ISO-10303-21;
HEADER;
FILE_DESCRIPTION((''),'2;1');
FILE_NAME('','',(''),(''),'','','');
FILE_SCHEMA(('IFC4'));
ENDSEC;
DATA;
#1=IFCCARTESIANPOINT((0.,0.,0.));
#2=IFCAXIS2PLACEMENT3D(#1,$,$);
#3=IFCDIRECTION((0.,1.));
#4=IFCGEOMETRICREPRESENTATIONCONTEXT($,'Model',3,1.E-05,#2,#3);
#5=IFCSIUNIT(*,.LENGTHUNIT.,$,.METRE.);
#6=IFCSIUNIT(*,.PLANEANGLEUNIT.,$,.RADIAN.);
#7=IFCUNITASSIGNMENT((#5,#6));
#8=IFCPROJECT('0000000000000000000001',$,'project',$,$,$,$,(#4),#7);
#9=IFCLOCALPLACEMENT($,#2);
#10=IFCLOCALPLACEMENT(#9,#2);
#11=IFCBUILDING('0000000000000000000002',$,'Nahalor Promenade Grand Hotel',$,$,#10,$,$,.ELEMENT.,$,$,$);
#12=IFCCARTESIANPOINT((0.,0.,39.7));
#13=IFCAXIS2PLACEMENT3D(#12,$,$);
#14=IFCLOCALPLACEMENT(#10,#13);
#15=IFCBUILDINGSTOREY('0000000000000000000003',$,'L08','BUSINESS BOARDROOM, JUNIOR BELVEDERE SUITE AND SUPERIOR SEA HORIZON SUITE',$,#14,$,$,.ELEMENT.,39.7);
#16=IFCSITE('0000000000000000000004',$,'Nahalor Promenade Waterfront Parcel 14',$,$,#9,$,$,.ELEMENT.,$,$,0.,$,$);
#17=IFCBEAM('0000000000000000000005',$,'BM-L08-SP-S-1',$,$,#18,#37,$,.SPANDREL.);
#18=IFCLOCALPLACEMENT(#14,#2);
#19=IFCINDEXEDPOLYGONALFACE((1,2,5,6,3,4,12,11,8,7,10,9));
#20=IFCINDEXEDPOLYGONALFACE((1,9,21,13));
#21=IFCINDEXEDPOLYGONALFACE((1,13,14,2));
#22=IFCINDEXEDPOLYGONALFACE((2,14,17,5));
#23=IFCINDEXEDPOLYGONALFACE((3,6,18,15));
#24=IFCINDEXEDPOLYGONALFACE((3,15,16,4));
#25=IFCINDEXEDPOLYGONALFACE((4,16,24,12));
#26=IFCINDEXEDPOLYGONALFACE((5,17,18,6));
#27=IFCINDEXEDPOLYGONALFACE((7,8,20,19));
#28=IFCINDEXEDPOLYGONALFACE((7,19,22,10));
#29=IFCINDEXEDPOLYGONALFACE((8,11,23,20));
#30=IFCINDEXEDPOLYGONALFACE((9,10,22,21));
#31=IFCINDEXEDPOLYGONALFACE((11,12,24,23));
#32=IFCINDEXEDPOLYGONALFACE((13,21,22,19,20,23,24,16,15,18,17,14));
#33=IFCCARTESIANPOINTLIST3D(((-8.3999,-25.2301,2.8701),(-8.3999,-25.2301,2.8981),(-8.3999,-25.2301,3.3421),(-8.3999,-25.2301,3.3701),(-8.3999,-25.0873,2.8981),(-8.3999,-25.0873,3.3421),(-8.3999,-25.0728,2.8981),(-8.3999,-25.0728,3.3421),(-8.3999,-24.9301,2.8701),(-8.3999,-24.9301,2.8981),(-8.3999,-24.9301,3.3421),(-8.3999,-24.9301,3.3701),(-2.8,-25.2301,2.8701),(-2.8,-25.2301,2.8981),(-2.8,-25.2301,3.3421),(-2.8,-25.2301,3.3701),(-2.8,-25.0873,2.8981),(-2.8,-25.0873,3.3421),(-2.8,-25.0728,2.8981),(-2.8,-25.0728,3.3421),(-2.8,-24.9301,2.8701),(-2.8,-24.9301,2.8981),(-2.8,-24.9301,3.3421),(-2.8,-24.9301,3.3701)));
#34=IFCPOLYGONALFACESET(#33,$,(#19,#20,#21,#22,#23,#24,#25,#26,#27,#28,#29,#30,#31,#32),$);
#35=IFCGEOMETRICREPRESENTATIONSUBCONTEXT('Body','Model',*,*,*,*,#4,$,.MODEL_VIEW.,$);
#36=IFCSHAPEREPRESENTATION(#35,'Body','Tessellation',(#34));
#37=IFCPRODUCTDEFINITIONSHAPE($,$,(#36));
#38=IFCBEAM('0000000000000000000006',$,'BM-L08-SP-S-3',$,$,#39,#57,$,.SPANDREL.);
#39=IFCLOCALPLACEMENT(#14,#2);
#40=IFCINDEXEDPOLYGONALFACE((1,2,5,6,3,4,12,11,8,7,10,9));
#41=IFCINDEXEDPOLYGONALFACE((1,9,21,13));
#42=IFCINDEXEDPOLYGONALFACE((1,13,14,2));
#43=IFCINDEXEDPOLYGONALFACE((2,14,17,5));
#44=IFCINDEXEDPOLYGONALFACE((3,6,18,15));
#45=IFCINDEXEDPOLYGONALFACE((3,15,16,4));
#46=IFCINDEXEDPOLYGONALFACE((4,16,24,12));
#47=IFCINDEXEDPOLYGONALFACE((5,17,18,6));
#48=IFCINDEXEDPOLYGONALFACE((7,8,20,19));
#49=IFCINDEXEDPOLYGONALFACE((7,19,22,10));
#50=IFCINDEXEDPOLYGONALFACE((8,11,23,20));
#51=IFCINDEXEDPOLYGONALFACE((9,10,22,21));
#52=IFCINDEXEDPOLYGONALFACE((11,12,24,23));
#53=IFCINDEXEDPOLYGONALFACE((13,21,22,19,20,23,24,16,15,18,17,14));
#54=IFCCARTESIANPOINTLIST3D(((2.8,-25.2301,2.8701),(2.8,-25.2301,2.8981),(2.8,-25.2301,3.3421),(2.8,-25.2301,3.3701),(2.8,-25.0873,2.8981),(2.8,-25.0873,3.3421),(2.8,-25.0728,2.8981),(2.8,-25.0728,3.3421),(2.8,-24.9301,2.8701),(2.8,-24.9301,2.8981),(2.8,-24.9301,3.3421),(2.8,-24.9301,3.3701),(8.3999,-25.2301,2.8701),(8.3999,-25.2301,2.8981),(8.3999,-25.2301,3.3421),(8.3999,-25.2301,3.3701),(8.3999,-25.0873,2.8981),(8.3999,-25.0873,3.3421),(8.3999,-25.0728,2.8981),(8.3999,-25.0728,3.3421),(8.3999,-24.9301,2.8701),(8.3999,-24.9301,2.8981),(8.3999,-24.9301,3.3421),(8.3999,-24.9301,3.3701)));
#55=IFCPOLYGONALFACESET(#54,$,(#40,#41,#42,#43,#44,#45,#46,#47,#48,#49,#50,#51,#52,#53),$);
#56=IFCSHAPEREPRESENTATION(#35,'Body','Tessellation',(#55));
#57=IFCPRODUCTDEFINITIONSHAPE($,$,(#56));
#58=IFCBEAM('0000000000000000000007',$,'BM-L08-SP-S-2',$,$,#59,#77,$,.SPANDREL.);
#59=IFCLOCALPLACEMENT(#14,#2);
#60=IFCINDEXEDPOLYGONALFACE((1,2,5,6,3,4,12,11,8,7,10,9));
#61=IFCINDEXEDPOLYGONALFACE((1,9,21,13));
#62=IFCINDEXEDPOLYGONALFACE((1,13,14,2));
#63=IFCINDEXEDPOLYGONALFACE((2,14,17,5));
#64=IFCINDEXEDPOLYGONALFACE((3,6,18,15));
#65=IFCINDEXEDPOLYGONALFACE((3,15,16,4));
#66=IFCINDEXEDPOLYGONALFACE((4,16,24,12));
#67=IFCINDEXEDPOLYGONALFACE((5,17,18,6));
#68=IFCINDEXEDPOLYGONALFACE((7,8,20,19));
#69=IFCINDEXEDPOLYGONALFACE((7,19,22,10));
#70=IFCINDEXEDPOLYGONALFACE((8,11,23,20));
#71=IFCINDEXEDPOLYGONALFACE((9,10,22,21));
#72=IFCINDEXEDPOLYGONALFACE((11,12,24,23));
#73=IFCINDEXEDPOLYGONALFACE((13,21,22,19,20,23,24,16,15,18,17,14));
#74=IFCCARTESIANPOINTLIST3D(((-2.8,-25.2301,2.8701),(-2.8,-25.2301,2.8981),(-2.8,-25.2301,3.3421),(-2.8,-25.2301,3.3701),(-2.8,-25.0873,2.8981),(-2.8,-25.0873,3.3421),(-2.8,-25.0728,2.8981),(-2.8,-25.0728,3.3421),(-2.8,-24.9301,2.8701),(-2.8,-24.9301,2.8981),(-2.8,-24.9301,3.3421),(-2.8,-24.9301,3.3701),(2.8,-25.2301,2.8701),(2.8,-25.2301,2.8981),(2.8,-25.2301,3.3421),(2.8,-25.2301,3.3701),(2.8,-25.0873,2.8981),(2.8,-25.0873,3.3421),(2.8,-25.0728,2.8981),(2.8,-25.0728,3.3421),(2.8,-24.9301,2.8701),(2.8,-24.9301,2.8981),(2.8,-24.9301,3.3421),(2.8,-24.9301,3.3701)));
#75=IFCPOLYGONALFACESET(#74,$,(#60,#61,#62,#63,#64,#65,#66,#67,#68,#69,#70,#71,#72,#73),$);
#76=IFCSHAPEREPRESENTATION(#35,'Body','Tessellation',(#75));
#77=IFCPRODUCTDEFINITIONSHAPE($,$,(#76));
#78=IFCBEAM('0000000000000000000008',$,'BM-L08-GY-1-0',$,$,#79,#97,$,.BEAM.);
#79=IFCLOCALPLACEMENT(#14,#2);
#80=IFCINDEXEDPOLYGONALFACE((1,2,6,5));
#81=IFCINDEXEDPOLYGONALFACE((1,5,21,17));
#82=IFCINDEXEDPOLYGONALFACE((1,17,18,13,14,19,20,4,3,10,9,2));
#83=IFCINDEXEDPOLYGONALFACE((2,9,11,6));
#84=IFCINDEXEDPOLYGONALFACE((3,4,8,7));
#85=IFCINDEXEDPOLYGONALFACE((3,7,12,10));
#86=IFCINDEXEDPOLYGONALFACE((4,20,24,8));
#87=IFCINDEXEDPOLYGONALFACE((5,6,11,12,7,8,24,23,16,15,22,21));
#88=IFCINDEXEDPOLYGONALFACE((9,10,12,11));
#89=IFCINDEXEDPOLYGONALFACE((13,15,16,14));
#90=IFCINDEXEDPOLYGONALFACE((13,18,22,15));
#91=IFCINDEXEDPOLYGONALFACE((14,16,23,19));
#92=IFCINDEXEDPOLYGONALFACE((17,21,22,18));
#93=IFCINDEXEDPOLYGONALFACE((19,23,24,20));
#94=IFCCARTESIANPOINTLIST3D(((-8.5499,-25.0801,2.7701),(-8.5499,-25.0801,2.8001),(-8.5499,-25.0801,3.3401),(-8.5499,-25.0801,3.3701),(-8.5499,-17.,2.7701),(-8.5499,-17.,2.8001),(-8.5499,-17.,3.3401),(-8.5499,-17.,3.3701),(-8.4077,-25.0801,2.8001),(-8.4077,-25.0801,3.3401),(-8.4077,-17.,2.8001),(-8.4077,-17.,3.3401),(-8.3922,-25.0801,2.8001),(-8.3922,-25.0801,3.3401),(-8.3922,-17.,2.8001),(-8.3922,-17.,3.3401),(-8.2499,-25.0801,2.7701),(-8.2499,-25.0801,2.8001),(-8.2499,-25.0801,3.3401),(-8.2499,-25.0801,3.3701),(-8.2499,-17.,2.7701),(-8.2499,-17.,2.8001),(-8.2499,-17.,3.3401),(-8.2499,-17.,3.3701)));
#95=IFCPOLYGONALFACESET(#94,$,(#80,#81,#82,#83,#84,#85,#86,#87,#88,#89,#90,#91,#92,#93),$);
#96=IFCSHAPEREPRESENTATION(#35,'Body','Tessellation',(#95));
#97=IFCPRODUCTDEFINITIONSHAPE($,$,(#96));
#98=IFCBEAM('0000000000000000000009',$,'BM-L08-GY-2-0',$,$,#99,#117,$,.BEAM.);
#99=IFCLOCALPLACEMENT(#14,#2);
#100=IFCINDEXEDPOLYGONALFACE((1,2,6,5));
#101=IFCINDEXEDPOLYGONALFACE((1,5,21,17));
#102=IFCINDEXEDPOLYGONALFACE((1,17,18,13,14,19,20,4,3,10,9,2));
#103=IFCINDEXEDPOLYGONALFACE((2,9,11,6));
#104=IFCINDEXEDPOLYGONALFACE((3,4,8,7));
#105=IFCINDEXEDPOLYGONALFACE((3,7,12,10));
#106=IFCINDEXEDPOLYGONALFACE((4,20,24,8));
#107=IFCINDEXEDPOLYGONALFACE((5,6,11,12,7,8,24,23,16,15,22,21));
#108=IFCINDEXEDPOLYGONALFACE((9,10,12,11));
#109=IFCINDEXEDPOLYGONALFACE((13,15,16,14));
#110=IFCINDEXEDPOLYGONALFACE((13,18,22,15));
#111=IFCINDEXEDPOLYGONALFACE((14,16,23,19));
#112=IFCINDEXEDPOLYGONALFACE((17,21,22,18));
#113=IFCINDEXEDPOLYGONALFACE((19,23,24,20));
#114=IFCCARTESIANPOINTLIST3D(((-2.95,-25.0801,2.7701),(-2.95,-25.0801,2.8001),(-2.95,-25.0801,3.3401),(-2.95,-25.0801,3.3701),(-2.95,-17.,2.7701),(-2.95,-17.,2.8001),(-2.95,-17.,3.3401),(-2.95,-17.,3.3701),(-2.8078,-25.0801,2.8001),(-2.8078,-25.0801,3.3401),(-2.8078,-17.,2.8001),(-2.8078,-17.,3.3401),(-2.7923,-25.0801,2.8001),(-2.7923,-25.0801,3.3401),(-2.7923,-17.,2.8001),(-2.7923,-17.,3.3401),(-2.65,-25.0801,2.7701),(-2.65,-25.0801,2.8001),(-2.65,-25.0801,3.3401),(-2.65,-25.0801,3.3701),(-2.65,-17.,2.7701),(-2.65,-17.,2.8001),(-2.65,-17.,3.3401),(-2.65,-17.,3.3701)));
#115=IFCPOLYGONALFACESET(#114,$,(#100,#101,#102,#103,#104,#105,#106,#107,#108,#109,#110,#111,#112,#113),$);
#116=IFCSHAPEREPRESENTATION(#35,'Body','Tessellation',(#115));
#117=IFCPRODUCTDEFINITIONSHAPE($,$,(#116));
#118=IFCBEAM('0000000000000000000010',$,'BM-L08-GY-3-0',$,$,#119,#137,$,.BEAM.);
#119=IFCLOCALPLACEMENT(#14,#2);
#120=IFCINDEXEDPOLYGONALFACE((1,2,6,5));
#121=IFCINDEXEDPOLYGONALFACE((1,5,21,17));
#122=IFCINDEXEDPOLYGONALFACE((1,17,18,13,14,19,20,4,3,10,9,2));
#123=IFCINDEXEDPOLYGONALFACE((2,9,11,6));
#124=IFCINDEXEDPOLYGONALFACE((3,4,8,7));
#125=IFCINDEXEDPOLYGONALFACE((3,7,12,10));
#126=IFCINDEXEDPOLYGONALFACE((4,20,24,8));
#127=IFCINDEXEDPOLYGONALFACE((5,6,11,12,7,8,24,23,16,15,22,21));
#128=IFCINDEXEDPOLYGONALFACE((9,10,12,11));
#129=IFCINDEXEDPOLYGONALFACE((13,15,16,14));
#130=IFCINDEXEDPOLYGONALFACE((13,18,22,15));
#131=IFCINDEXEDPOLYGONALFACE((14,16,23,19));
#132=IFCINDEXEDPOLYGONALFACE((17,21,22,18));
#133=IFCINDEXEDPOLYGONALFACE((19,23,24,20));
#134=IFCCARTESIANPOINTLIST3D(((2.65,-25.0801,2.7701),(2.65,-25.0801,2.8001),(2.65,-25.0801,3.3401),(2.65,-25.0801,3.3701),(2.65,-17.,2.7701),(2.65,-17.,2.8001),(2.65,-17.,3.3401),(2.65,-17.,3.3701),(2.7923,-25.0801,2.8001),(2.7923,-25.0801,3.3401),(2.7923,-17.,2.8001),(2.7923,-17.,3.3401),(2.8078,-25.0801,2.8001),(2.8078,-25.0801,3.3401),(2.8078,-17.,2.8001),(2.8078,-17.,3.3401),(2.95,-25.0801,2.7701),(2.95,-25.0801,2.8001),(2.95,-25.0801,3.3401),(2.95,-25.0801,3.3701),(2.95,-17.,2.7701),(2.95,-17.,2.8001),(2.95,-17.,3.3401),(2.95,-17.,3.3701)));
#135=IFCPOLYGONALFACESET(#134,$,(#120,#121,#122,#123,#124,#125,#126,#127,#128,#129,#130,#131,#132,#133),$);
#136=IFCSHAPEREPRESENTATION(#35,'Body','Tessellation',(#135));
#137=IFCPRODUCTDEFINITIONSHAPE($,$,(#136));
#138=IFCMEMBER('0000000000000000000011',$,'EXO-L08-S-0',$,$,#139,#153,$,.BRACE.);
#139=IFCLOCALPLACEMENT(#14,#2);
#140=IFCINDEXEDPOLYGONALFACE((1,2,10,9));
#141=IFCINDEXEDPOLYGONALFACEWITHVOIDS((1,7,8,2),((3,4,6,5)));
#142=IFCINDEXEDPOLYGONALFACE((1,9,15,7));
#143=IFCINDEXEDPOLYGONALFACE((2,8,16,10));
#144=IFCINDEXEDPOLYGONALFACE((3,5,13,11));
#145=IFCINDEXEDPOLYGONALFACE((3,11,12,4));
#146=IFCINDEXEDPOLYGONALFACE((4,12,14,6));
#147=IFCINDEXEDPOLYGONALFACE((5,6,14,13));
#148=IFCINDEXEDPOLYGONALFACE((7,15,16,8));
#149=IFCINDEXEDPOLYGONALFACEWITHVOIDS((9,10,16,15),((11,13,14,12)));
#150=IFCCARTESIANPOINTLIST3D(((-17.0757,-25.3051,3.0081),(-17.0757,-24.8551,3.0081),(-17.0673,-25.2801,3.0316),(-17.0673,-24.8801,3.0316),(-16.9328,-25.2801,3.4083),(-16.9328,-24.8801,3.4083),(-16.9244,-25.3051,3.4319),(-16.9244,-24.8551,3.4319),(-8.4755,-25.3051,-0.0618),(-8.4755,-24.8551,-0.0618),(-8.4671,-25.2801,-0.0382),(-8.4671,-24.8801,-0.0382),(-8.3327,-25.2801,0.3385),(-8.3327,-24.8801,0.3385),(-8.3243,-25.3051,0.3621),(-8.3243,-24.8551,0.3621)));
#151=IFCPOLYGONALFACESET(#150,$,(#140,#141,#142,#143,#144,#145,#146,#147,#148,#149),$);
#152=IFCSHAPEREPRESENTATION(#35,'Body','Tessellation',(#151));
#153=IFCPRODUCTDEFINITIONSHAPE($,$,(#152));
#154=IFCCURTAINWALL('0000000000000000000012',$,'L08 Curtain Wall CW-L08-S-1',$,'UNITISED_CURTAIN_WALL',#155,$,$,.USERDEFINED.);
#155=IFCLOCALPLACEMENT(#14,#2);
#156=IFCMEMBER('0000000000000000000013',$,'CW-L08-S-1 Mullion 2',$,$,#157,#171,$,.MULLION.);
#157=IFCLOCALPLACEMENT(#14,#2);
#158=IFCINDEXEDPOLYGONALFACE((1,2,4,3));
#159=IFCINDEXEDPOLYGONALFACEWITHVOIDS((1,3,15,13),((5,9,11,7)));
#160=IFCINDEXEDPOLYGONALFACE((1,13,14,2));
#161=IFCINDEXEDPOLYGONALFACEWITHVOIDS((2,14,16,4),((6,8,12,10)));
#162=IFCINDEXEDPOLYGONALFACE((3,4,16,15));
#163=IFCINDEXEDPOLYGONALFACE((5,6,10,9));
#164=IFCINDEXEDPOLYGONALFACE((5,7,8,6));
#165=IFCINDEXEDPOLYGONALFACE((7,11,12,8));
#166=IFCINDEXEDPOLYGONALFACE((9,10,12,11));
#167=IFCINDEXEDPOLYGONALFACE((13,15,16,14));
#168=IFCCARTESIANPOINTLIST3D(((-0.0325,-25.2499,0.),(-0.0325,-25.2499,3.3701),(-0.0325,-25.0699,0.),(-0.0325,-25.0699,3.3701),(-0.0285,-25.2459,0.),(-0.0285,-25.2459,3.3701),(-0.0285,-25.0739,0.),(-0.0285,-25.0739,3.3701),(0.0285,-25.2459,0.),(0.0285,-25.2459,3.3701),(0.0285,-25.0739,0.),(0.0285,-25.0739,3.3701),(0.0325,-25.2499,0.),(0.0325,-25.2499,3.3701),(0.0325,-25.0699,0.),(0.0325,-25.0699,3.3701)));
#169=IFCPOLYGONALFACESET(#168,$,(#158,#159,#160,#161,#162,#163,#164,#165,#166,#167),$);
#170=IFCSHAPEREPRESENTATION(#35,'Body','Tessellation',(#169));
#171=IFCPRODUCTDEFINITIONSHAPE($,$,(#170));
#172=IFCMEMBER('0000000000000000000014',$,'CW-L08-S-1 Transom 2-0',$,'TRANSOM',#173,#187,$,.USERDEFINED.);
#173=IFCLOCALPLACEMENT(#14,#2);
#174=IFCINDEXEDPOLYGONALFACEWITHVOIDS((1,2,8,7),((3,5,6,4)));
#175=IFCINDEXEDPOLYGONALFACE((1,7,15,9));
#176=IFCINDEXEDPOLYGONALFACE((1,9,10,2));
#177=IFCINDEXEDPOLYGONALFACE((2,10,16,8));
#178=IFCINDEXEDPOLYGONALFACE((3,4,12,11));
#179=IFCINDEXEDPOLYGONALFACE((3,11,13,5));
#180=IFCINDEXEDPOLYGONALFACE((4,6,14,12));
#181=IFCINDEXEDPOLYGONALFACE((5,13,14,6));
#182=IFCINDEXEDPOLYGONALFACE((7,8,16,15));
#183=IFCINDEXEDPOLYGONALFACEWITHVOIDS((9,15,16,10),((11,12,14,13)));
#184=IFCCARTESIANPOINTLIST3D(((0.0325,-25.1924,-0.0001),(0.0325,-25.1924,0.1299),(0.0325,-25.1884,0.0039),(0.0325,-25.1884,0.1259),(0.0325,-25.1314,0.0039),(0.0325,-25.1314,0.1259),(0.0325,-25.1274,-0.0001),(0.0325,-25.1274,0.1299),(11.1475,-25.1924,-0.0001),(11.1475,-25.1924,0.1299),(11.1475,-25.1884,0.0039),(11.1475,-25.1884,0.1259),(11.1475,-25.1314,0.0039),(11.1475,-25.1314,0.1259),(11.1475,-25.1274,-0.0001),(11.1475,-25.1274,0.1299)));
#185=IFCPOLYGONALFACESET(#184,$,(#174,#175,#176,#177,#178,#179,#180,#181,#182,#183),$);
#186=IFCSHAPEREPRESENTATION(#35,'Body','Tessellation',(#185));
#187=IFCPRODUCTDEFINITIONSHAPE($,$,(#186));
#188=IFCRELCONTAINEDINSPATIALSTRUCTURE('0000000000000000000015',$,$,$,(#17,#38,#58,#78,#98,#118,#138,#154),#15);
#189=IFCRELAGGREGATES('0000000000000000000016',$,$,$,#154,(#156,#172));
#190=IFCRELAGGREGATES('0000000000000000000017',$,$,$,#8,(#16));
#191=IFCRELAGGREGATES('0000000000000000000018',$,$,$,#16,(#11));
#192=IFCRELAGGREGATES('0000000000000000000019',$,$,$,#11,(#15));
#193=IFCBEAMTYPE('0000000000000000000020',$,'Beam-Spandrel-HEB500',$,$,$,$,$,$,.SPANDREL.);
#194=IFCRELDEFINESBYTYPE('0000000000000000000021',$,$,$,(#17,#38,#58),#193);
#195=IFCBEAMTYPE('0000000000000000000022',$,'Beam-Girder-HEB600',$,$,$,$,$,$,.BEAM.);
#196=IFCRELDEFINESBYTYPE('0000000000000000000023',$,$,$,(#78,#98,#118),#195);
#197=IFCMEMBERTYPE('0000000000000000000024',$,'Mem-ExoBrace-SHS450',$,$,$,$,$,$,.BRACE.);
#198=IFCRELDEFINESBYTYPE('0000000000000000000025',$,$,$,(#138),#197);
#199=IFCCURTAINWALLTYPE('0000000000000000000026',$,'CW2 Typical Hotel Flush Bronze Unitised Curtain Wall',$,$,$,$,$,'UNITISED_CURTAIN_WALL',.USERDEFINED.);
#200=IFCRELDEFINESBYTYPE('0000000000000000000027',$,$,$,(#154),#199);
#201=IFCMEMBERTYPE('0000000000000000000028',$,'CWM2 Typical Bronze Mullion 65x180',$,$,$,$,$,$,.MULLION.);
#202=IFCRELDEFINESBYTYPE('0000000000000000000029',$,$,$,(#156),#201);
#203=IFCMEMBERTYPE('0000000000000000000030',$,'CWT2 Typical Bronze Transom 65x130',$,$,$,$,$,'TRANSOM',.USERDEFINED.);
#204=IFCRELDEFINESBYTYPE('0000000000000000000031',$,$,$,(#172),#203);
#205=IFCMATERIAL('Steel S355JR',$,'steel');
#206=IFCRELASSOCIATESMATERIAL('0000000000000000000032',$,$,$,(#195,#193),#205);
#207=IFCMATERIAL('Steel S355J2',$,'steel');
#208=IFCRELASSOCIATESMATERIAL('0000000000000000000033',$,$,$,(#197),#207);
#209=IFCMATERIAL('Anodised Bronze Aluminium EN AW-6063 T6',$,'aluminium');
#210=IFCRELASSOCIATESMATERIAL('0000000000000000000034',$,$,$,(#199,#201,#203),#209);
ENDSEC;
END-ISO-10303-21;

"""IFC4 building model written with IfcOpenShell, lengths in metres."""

from ifc_helpers import new_model, si_unit, direction, frame, origin, origin_2d, place, context, subcontext, project, spatial, hollow_rectangle, i_section, extrude, source, transform, mapped, material, material_profile, profile_set, type_object, element, aggregate, save


model = new_model("IFC4")

# Units and contexts
model_context = context("Model", 3, precision=1e-05, world=origin(), true_north=direction((0.0, 1.0)))
body_context = subcontext(model_context, "Body", "Model", "MODEL_VIEW")
ifc_project = project(units=[si_unit("LENGTHUNIT", "METRE"), si_unit("PLANEANGLEUNIT", "RADIAN")], contexts=[model_context])

# Site, building, storey
site_placement = place(None, origin())
site = spatial("IfcSite", under=ifc_project, at=site_placement, Name="Nahalor Promenade Waterfront Parcel 14", CompositionType="ELEMENT", RefElevation=0.0)
building_placement = place(site_placement, origin())
building = spatial("IfcBuilding", under=site, at=building_placement, Name="Nahalor Promenade Grand Hotel", CompositionType="ELEMENT")
storey_placement = place(building_placement, frame((0.0, 0.0, 39.7)))
storey = spatial("IfcBuildingStorey", under=building, at=storey_placement, Name="L08", Description="BUSINESS BOARDROOM, JUNIOR BELVEDERE SUITE AND SUPERIOR SEA HORIZON SUITE", CompositionType="ELEMENT", Elevation=39.7)

# Shared definitions
ifc_material_1 = material(Name="Steel S355J2", Category="steel")

# Beams
ifc_material_2 = material(Name="Steel S355JR", Category="steel")
ifc_material_profile_1 = material_profile(ifc_material_2, i_section(OverallWidth=0.3, OverallDepth=0.6, WebThickness=0.0155, FlangeThickness=0.03, at=origin_2d()), Name="HEB 600")
ifc_profile_set_1 = profile_set([ifc_material_profile_1], Name="Steel S355JR")
beam_type_1 = type_object("IfcBeamType", Name="Beam-Girder-HEB600", PredefinedType="BEAM", material=ifc_profile_set_1)
ifc_material_profile_2 = material_profile(ifc_material_2, i_section(OverallWidth=0.3, OverallDepth=0.5, WebThickness=0.0145, FlangeThickness=0.028, at=origin_2d()), Name="HEB 500")
ifc_profile_set_2 = profile_set([ifc_material_profile_2], Name="Steel S355JR")
beam_type_2 = type_object("IfcBeamType", Name="Beam-Spandrel-HEB500", PredefinedType="SPANDREL", material=ifc_profile_set_2)
shared_shape_1 = source(origin(), body_context, "Body", "SweptSolid", [
    extrude(i_section(OverallWidth=0.3, OverallDepth=0.5, WebThickness=0.0145, FlangeThickness=0.028, at=origin_2d()), origin(), (0.0, 0.0, 1.0), 5.5999),
])
for number, where, z_axis, x_axis, name in (
    (1, (-8.3999, -25.0801, 3.1201), (1.0, 0.0, 0.0), (0.0, 1.0, 0.0), "BM-L08-SP-S-1"),
    (2, (2.8, -25.0801, 3.1201), (1.0, 0.0, 0.0), (0.0, 1.0, 0.0), "BM-L08-SP-S-3"),
):
    element("IfcBeam", number, at=place(storey_placement, frame(where, z_axis=z_axis, x_axis=x_axis)), inside=storey, type_object=beam_type_2, Name=name, PredefinedType="SPANDREL", context=body_context, shape_type="MappedRepresentation", body=[
        mapped(shared_shape_1, transform((0.0, 0.0, 0.0), scale=1.0)),
    ])
shared_shape_2 = source(origin(), body_context, "Body", "SweptSolid", [
    extrude(i_section(OverallWidth=0.3, OverallDepth=0.5, WebThickness=0.0145, FlangeThickness=0.028, at=origin_2d()), origin(), (0.0, 0.0, 1.0), 5.6001),
])
beam_1_placement = place(storey_placement, frame((-2.8, -25.0801, 3.1201), z_axis=(1.0, 0.0, 0.0), x_axis=(0.0, 1.0, 0.0)))
element("IfcBeam", 3, at=beam_1_placement, inside=storey, type_object=beam_type_2, Name="BM-L08-SP-S-2", PredefinedType="SPANDREL", context=body_context, shape_type="MappedRepresentation", body=[
    mapped(shared_shape_2, transform((0.0, 0.0, 0.0), scale=1.0)),
])
shared_shape_3 = source(origin(), body_context, "Body", "SweptSolid", [
    extrude(i_section(OverallWidth=0.3, OverallDepth=0.6, WebThickness=0.0155, FlangeThickness=0.03, at=origin_2d()), origin(), (0.0, 0.0, 1.0), 8.0801),
])
for number, where, z_axis, x_axis, name in (
    (4, (-8.3999, -25.0801, 3.0701), (0.0, 1.0, 0.0), (-1.0, 0.0, 0.0), "BM-L08-GY-1-0"),
    (5, (-2.8, -25.0801, 3.0701), (0.0, 1.0, 0.0), (-1.0, 0.0, 0.0), "BM-L08-GY-2-0"),
    (6, (2.8, -25.0801, 3.0701), (0.0, 1.0, 0.0), (-1.0, 0.0, 0.0), "BM-L08-GY-3-0"),
):
    element("IfcBeam", number, at=place(storey_placement, frame(where, z_axis=z_axis, x_axis=x_axis)), inside=storey, type_object=beam_type_1, Name=name, PredefinedType="BEAM", context=body_context, shape_type="MappedRepresentation", body=[
        mapped(shared_shape_3, transform((0.0, 0.0, 0.0), scale=1.0)),
    ])

# Member
ifc_material_profile_3 = material_profile(ifc_material_1, hollow_rectangle(XDim=0.45, YDim=0.45, WallThickness=0.025, at=origin_2d()), Name="SHS 450x450x25")
ifc_profile_set_3 = profile_set([ifc_material_profile_3], Name="Steel S355J2")
member_type_1 = type_object("IfcMemberType", Name="Mem-ExoBrace-SHS450", PredefinedType="BRACE", material=ifc_profile_set_3)
shared_shape_4 = source(origin(), body_context, "Body", "SweptSolid", [
    extrude(hollow_rectangle(XDim=0.45, YDim=0.45, WallThickness=0.025, at=origin_2d()), origin(), (0.0, 0.0, 1.0), 9.1316),
])
member_1_placement = place(storey_placement, frame((-8.3999, -25.0801, 0.1501), z_axis=(-0.941799, 0.0, 0.336177), x_axis=(0.0, -1.0, 0.0)))
element("IfcMember", 7, at=member_1_placement, inside=storey, type_object=member_type_1, Name="EXO-L08-S-0", PredefinedType="BRACE", context=body_context, shape_type="MappedRepresentation", body=[
    mapped(shared_shape_4, transform((0.0, 0.0, 0.0), scale=1.0)),
])

# Curtain wall, members
ifc_material_3 = material(Name="Anodised Bronze Aluminium EN AW-6063 T6", Category="aluminium")
curtain_wall_type = type_object("IfcCurtainWallType", Name="CW2 Typical Hotel Flush Bronze Unitised Curtain Wall", ElementType="UNITISED_CURTAIN_WALL", PredefinedType="USERDEFINED", material=ifc_material_3)
curtain_wall_placement = place(storey_placement, origin())
curtain_wall = element("IfcCurtainWall", 8, at=curtain_wall_placement, inside=storey, type_object=curtain_wall_type, Name="L08 Curtain Wall CW-L08-S-1", ObjectType="UNITISED_CURTAIN_WALL", PredefinedType="USERDEFINED")
ifc_material_profile_4 = material_profile(ifc_material_3, hollow_rectangle(XDim=0.065, YDim=0.18, WallThickness=0.004, at=origin_2d()), Name="CWM 65x180x4")
ifc_profile_set_4 = profile_set([ifc_material_profile_4], Name="Anodised Bronze Aluminium EN AW-6063 T6")
member_type_2 = type_object("IfcMemberType", Name="CWM2 Typical Bronze Mullion 65x180", PredefinedType="MULLION", material=ifc_profile_set_4)
shared_shape_5 = source(origin(), body_context, "Body", "SweptSolid", [
    extrude(hollow_rectangle(XDim=0.065, YDim=0.18, WallThickness=0.004, at=origin_2d()), origin(), (0.0, 0.0, 1.0), 3.3701),
])
member_2_placement = place(storey_placement, frame((0.0, -25.1599, 0.0), z_axis=(0.0, 0.0, 1.0), x_axis=(1.0, 0.0, 0.0)))
member_2 = element("IfcMember", 9, at=member_2_placement, type_object=member_type_2, Name="CW-L08-S-1 Mullion 2", PredefinedType="MULLION", context=body_context, shape_type="MappedRepresentation", body=[
    mapped(shared_shape_5, transform((0.0, 0.0, 0.0), scale=1.0)),
])
ifc_material_profile_5 = material_profile(ifc_material_3, hollow_rectangle(XDim=0.065, YDim=0.13, WallThickness=0.004, at=origin_2d()), Name="CWT 65x130x4")
ifc_profile_set_5 = profile_set([ifc_material_profile_5], Name="Anodised Bronze Aluminium EN AW-6063 T6")
member_type_3 = type_object("IfcMemberType", Name="CWT2 Typical Bronze Transom 65x130", ElementType="TRANSOM", PredefinedType="USERDEFINED", material=ifc_profile_set_5)
shared_shape_6 = source(origin(), body_context, "Body", "SweptSolid", [
    extrude(hollow_rectangle(XDim=0.065, YDim=0.13, WallThickness=0.004, at=origin_2d()), origin(), (0.0, 0.0, 1.0), 11.115),
])
member_3_placement = place(storey_placement, frame((0.0325, -25.1599, 0.0649), z_axis=(1.0, 0.0, 0.0), x_axis=(0.0, 1.0, 0.0)))
member_3 = element("IfcMember", 10, at=member_3_placement, type_object=member_type_3, Name="CW-L08-S-1 Transom 2-0", ObjectType="TRANSOM", PredefinedType="USERDEFINED", context=body_context, shape_type="MappedRepresentation", body=[
    mapped(shared_shape_6, transform((0.0, 0.0, 0.0), scale=1.0)),
])
aggregate(curtain_wall, [member_2, member_3])

save(model, "model.ifc")
